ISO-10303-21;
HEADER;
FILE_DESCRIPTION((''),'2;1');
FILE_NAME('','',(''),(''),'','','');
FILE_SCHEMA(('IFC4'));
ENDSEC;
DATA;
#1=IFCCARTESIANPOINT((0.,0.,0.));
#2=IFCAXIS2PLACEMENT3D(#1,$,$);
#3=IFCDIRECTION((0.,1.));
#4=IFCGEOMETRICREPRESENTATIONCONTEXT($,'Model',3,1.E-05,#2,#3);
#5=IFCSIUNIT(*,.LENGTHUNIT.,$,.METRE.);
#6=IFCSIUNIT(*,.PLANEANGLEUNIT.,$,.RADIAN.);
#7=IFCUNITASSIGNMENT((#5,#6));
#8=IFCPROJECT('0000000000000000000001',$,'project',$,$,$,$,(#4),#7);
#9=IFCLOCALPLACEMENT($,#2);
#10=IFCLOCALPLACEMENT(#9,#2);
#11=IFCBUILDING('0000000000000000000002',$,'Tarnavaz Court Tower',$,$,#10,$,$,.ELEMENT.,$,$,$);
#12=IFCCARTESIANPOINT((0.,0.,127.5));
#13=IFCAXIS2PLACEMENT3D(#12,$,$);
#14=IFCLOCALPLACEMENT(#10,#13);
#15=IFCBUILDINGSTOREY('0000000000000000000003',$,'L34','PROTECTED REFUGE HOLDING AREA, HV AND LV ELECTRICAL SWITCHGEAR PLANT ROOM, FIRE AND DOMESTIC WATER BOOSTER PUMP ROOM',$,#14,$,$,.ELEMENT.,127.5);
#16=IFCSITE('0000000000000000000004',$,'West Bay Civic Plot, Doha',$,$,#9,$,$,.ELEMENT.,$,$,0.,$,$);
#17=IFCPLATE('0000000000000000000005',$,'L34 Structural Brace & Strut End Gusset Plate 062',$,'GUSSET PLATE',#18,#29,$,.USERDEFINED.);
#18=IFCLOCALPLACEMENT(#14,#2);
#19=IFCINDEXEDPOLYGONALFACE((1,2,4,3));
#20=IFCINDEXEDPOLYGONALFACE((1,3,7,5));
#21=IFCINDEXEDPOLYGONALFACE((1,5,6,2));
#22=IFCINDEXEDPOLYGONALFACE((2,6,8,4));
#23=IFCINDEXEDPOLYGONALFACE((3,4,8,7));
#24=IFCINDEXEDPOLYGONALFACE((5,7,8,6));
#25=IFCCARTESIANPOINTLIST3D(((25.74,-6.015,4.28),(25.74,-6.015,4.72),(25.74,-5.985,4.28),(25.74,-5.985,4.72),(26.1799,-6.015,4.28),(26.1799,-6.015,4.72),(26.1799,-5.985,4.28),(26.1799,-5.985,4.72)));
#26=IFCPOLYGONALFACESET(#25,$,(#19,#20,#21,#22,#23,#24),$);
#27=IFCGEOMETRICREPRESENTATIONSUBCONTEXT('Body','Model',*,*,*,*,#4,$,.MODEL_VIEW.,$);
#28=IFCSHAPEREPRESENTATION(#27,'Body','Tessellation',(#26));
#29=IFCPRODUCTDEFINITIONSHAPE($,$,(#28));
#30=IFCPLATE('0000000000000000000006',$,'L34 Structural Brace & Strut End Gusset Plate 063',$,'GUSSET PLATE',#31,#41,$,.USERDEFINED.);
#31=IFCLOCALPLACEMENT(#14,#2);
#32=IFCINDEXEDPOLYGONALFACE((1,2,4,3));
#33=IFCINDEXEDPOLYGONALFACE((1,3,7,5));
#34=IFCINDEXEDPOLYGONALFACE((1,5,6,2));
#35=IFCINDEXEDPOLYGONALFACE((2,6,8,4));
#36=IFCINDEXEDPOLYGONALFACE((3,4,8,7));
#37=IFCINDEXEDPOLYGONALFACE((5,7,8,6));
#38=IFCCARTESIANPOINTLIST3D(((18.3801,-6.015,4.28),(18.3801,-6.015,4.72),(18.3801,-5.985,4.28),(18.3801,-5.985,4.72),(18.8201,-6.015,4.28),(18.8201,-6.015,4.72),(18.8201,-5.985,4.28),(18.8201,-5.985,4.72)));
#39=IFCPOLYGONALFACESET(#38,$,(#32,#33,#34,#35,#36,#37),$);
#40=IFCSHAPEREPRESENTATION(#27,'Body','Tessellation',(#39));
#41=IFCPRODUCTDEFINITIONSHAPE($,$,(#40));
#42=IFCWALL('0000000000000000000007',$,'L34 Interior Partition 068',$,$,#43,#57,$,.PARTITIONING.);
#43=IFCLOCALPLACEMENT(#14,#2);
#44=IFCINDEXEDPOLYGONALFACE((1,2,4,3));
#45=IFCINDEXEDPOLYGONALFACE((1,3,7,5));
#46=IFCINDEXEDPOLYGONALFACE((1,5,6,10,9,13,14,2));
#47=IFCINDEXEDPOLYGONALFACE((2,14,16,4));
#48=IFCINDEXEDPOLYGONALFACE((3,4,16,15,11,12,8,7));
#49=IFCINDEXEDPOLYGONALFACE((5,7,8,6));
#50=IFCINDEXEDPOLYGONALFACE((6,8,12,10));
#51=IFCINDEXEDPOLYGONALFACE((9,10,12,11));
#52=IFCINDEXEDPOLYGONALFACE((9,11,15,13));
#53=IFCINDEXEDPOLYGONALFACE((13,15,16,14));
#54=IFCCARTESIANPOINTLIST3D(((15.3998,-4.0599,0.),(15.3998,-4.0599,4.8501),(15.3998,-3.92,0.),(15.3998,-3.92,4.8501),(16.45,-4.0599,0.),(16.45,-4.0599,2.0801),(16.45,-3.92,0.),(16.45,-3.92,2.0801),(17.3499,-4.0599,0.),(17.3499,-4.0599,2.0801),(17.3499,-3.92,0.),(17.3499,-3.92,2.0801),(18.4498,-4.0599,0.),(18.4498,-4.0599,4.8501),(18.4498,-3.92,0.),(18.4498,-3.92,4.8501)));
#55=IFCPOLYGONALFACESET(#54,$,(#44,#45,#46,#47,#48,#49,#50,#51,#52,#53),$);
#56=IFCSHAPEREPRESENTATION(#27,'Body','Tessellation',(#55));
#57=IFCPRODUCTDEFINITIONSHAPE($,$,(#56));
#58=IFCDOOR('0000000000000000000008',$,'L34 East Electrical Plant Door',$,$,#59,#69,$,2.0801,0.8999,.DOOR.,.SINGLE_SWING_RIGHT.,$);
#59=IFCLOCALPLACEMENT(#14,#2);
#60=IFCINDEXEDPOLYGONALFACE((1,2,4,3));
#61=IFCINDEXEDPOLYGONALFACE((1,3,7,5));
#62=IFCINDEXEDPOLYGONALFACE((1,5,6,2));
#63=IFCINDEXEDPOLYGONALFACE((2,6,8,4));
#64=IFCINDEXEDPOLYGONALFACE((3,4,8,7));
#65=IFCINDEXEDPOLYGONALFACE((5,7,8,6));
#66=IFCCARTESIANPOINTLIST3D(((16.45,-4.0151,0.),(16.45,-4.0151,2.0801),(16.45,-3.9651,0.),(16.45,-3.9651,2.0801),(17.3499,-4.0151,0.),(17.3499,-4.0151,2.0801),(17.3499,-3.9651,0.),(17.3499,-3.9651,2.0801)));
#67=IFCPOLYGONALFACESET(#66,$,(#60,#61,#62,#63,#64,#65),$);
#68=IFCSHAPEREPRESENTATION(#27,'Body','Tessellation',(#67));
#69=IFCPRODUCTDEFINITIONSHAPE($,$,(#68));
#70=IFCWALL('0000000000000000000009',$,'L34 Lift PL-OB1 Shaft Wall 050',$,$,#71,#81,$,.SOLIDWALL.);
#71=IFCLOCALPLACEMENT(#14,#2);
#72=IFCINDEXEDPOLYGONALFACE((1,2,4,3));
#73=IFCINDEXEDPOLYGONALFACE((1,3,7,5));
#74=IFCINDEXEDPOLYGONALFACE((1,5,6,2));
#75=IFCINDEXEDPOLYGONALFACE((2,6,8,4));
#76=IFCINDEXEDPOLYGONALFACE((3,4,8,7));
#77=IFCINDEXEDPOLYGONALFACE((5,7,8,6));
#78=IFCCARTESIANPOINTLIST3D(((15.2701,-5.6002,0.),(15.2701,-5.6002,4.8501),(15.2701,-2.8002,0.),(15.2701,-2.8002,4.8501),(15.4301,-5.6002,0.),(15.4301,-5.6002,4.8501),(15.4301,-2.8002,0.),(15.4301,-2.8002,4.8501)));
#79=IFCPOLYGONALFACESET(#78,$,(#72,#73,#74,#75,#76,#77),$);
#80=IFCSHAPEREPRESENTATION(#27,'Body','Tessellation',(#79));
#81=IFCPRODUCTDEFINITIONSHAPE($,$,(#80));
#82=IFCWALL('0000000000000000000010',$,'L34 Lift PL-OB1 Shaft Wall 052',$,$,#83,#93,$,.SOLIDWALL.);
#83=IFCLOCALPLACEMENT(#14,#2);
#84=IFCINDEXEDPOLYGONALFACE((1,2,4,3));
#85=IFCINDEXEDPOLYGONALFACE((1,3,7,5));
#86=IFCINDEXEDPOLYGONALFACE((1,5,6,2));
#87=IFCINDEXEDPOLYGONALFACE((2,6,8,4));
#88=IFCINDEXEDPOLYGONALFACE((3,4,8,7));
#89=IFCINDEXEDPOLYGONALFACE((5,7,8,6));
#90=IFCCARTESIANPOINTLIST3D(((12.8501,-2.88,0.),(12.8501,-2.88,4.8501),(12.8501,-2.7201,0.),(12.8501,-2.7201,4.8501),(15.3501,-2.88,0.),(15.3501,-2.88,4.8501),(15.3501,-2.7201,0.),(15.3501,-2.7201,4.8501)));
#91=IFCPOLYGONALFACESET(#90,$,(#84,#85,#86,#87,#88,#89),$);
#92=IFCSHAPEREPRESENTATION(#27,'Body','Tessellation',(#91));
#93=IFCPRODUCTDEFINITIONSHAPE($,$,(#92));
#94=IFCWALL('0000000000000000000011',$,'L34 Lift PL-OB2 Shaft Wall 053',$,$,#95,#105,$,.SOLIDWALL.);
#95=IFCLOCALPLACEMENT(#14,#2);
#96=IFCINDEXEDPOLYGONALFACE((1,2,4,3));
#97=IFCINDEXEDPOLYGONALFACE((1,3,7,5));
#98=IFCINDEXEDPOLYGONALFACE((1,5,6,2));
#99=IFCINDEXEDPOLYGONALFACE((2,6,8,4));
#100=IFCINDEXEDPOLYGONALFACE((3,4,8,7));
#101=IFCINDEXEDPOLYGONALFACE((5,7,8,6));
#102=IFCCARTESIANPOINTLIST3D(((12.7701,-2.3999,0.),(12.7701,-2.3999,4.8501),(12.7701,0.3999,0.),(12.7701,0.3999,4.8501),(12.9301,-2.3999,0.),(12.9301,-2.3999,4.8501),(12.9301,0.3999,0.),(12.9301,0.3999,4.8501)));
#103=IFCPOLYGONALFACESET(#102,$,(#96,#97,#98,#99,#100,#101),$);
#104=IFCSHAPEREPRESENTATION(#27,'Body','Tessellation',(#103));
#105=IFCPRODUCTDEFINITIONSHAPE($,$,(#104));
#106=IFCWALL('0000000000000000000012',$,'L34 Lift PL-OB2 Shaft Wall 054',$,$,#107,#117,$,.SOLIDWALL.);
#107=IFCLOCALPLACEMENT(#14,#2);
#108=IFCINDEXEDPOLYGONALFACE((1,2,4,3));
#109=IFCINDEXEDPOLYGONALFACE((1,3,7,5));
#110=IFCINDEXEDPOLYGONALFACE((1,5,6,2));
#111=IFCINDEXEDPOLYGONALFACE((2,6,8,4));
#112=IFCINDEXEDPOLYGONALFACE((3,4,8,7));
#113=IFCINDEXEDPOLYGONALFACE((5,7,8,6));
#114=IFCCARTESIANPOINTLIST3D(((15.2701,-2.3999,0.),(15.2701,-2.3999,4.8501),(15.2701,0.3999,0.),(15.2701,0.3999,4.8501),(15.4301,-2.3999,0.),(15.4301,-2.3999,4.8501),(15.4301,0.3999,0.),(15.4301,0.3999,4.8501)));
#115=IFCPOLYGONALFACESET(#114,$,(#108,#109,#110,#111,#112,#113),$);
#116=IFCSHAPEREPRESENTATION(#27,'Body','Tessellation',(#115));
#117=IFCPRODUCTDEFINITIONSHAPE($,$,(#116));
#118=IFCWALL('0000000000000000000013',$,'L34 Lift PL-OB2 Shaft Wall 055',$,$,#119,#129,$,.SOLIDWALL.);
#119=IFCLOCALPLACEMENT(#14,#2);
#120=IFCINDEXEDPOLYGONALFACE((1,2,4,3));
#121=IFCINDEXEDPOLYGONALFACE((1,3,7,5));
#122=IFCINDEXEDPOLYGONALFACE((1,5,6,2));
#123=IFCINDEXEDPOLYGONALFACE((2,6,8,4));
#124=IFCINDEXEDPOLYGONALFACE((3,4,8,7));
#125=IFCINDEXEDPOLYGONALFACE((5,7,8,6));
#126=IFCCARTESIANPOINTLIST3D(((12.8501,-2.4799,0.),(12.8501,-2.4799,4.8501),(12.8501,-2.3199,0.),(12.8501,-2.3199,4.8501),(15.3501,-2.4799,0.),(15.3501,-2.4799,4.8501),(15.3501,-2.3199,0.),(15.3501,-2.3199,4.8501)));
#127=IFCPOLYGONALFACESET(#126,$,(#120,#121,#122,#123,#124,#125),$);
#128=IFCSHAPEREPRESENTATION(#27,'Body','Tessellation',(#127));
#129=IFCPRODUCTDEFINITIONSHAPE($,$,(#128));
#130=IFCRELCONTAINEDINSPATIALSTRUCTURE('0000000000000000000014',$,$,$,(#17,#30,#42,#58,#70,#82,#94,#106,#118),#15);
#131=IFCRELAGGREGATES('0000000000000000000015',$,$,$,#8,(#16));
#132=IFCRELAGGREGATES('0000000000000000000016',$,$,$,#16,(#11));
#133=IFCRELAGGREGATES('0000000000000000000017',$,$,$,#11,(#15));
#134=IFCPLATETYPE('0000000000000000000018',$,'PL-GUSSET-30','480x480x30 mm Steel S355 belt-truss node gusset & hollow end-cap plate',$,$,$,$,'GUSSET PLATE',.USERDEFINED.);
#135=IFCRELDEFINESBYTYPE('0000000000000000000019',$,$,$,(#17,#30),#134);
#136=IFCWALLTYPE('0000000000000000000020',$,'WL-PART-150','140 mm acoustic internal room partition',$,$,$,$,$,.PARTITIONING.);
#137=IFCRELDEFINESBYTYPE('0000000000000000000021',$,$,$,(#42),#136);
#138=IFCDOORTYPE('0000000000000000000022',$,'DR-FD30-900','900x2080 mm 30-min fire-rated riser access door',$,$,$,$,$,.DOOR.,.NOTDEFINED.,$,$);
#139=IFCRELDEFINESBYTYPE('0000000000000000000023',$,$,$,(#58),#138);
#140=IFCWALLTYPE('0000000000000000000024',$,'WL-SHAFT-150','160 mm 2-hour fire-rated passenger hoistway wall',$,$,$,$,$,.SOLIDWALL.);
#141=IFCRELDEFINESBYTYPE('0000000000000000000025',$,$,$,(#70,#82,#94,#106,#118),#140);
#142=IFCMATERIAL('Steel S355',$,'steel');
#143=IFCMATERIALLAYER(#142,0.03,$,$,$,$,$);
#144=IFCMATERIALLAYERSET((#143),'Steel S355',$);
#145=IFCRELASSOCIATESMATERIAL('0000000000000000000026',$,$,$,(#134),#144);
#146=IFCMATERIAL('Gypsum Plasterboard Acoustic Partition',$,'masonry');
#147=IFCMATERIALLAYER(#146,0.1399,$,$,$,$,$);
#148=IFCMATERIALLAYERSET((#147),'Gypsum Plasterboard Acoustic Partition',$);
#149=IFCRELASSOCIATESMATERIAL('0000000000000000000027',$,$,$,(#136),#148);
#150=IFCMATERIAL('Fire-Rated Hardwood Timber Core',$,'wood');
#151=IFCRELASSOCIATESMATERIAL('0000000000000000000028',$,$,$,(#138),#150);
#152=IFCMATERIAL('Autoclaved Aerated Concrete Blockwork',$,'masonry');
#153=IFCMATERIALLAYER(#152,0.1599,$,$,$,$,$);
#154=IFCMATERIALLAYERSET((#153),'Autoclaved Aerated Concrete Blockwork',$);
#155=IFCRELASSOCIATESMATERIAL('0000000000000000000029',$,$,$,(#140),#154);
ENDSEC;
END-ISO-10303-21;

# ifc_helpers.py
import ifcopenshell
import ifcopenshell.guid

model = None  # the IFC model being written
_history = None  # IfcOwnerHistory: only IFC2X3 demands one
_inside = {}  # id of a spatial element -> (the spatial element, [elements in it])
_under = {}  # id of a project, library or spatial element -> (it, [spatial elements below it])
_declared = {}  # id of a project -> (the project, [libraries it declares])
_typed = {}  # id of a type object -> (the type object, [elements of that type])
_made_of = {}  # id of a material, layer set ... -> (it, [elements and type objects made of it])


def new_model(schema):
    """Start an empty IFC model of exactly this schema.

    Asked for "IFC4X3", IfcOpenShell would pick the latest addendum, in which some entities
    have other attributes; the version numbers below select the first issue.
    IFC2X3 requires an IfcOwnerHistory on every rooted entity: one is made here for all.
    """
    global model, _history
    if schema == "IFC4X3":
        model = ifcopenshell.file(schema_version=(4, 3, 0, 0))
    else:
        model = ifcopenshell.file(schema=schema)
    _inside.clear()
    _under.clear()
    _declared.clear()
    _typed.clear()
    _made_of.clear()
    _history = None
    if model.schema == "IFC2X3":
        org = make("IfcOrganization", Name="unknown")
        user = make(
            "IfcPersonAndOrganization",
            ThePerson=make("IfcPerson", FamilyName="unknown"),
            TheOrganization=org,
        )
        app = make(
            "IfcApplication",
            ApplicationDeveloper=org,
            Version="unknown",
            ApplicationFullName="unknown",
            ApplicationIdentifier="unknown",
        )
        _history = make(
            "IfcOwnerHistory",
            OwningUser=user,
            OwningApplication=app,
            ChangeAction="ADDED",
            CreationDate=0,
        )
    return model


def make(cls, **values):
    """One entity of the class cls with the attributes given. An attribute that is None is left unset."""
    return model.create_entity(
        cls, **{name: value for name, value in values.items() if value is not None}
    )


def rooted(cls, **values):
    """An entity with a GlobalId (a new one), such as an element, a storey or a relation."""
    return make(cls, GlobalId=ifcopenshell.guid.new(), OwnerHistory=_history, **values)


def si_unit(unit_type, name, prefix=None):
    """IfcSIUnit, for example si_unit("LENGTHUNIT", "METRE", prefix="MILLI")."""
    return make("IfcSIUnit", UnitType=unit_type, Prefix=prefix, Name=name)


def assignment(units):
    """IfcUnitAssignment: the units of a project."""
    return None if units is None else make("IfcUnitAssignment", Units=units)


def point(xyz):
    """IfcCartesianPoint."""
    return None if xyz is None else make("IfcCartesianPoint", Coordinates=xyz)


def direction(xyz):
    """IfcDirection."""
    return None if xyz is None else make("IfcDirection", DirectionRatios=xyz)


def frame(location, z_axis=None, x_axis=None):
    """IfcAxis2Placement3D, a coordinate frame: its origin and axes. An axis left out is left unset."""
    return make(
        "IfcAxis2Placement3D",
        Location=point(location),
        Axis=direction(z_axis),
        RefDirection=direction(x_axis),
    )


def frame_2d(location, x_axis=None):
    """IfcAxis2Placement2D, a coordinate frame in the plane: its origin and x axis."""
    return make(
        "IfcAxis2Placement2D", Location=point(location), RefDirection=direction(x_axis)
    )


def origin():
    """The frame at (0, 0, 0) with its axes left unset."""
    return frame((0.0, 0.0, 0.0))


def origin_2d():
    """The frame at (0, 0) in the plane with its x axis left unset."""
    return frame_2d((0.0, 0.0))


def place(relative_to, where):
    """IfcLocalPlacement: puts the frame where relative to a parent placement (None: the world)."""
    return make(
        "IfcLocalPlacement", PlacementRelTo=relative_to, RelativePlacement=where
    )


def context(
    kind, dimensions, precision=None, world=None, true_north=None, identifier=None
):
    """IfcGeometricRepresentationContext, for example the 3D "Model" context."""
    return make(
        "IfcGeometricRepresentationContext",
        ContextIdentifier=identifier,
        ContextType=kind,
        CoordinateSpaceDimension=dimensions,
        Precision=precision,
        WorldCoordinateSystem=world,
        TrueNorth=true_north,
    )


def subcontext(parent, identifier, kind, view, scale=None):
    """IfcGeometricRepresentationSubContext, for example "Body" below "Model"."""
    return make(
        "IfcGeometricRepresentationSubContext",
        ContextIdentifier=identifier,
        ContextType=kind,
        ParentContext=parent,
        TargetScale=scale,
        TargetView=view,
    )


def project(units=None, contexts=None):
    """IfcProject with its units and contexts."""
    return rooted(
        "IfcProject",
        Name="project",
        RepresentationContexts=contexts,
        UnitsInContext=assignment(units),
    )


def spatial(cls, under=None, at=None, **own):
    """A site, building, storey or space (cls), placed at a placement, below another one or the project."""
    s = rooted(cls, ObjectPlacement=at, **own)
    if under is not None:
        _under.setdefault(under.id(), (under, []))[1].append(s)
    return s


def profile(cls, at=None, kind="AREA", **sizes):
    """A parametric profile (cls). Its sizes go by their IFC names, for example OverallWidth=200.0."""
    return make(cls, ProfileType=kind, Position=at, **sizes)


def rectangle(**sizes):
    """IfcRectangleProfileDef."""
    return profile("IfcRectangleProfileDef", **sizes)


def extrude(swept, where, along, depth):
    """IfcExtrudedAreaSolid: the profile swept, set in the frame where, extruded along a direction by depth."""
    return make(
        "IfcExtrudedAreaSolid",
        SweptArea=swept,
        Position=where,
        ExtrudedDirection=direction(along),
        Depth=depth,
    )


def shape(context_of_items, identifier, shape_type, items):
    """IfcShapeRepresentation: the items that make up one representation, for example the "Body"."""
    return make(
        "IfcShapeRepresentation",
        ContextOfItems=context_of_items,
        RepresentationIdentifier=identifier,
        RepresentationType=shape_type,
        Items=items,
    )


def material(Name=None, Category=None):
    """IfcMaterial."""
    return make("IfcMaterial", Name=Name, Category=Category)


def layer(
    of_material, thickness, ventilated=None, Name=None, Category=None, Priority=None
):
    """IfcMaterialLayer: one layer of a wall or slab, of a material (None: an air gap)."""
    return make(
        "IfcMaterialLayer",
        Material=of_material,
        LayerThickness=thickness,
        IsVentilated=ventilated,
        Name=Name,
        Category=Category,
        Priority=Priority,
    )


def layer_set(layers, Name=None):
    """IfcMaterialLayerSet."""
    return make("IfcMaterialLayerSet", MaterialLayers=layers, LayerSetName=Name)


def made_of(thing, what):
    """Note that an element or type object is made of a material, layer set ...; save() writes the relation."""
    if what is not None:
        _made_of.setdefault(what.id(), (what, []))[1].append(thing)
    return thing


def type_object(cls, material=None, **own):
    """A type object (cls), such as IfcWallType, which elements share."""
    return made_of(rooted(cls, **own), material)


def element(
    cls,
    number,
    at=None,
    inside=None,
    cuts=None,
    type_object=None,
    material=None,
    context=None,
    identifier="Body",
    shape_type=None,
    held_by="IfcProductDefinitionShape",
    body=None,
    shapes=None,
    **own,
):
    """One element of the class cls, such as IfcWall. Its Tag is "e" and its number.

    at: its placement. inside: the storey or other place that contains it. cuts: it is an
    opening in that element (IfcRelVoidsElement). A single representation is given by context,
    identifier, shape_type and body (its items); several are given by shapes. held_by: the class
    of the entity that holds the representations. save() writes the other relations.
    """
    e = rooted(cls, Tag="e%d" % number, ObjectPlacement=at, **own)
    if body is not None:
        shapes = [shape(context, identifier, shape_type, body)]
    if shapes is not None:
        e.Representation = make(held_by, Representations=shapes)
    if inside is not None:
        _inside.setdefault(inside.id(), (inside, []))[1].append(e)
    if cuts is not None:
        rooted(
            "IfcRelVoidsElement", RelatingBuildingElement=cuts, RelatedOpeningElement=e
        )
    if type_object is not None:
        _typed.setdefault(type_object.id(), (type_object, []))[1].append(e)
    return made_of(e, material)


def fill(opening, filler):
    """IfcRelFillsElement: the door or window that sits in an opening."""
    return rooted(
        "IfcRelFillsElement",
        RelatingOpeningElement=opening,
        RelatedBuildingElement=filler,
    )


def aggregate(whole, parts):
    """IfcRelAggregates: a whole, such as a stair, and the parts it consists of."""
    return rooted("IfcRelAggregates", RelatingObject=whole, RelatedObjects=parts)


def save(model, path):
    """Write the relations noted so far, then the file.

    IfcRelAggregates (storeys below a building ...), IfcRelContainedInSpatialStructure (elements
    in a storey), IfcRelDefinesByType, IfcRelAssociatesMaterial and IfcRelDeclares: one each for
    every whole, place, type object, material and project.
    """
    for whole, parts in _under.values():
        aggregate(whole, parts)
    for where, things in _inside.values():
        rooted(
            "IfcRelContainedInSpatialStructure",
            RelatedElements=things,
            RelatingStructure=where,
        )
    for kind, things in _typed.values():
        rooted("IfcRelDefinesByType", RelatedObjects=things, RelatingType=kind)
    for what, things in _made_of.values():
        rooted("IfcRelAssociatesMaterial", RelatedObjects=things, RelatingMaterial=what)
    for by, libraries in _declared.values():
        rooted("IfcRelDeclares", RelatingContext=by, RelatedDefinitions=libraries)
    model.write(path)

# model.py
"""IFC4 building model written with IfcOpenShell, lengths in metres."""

from ifc_helpers import new_model, si_unit, direction, frame, frame_2d, origin, origin_2d, place, context, subcontext, project, spatial, rectangle, extrude, material, layer, layer_set, type_object, element, fill, save


model = new_model("IFC4")

# Units and contexts
model_context = context("Model", 3, precision=1e-05, world=origin(), true_north=direction((0.0, 1.0)))
body_context = subcontext(model_context, "Body", "Model", "MODEL_VIEW")
ifc_project = project(units=[si_unit("LENGTHUNIT", "METRE"), si_unit("PLANEANGLEUNIT", "RADIAN")], contexts=[model_context])

# Site, building, storey
site_placement = place(None, origin())
site = spatial("IfcSite", under=ifc_project, at=site_placement, Name="West Bay Civic Plot, Doha", CompositionType="ELEMENT", RefElevation=0.0)
building_placement = place(site_placement, origin())
building = spatial("IfcBuilding", under=site, at=building_placement, Name="Tarnavaz Court Tower", CompositionType="ELEMENT")
storey_placement = place(building_placement, frame((0.0, 0.0, 127.5)))
storey = spatial("IfcBuildingStorey", under=building, at=storey_placement, Name="L34", Description="PROTECTED REFUGE HOLDING AREA, HV AND LV ELECTRICAL SWITCHGEAR PLANT ROOM, FIRE AND DOMESTIC WATER BOOSTER PUMP ROOM", CompositionType="ELEMENT", Elevation=127.5)

# Plates
ifc_material_1 = material(Name="Steel S355", Category="steel")
ifc_layer_1 = layer(ifc_material_1, 0.03)
ifc_layer_set_1 = layer_set([ifc_layer_1], Name="Steel S355")
plate_type = type_object("IfcPlateType", Name="PL-GUSSET-30", Description="480x480x30 mm Steel S355 belt-truss node gusset & hollow end-cap plate", ElementType="GUSSET PLATE", PredefinedType="USERDEFINED", material=ifc_layer_set_1)
for number, where, z_axis, x_axis, name in (
    (1, (25.96, -6.0, 4.28), (0.0, 0.0, 1.0), (1.0, 0.0, 0.0), "L34 Structural Brace & Strut End Gusset Plate 062"),
    (2, (18.6001, -6.0, 4.28), (0.0, 0.0, 1.0), (1.0, 0.0, 0.0), "L34 Structural Brace & Strut End Gusset Plate 063"),
):
    element("IfcPlate", number, at=place(storey_placement, frame(where, z_axis=z_axis, x_axis=x_axis)), inside=storey, type_object=plate_type, Name=name, ObjectType="GUSSET PLATE", PredefinedType="USERDEFINED", context=body_context, shape_type="SweptSolid", body=[
        extrude(rectangle(XDim=0.4399, YDim=0.03, at=origin_2d()), origin(), (0.0, 0.0, 1.0), 0.4399),
    ])

# Wall, opening, door
ifc_material_2 = material(Name="Gypsum Plasterboard Acoustic Partition", Category="masonry")
ifc_layer_2 = layer(ifc_material_2, 0.1399)
ifc_layer_set_2 = layer_set([ifc_layer_2], Name="Gypsum Plasterboard Acoustic Partition")
wall_type_1 = type_object("IfcWallType", Name="WL-PART-150", Description="140 mm acoustic internal room partition", PredefinedType="PARTITIONING", material=ifc_layer_set_2)
wall_1_placement = place(storey_placement, frame((15.3999, -3.99, 0.0), z_axis=(0.0, 0.0, 1.0), x_axis=(1.0, 0.0, 0.0)))
wall_1 = element("IfcWall", 3, at=wall_1_placement, inside=storey, type_object=wall_type_1, Name="L34 Interior Partition 068", PredefinedType="PARTITIONING", context=body_context, shape_type="SweptSolid", body=[
    extrude(rectangle(XDim=3.05, YDim=0.1399, at=frame_2d((1.5249, 0.0))), origin(), (0.0, 0.0, 1.0), 4.8501),
])
opening_placement = place(wall_1_placement, frame((1.05, 0.0, 0.0)))
opening = element("IfcOpeningElement", 4, at=opening_placement, cuts=wall_1, PredefinedType="OPENING", context=body_context, shape_type="SweptSolid", body=[
    extrude(rectangle(XDim=0.8999, YDim=2.0801, at=frame_2d((0.45, 1.04))), frame((0.0, 0.0798, 0.0), z_axis=(0.0, -1.0, 0.0), x_axis=(1.0, 0.0, 0.0)), (0.0, 0.0, 1.0), 0.1599),
])
ifc_material_3 = material(Name="Fire-Rated Hardwood Timber Core", Category="wood")
door_type = type_object("IfcDoorType", Name="DR-FD30-900", Description="900x2080 mm 30-min fire-rated riser access door", OperationType="NOTDEFINED", PredefinedType="DOOR", material=ifc_material_3)
door_placement = place(opening_placement, origin())
door = element("IfcDoor", 5, at=door_placement, inside=storey, type_object=door_type, Name="L34 East Electrical Plant Door", OperationType="SINGLE_SWING_RIGHT", OverallHeight=2.0801, OverallWidth=0.8999, PredefinedType="DOOR", context=body_context, shape_type="SweptSolid", body=[
    extrude(rectangle(XDim=0.8999, YDim=2.0801, at=frame_2d((0.45, 1.04))), frame((0.0, 0.0249, 0.0), z_axis=(0.0, -1.0, 0.0), x_axis=(1.0, 0.0, 0.0)), (0.0, 0.0, 1.0), 0.05),
])
fill(opening, door)

# Walls
ifc_material_4 = material(Name="Autoclaved Aerated Concrete Blockwork", Category="masonry")
ifc_layer_3 = layer(ifc_material_4, 0.1599)
ifc_layer_set_3 = layer_set([ifc_layer_3], Name="Autoclaved Aerated Concrete Blockwork")
wall_type_2 = type_object("IfcWallType", Name="WL-SHAFT-150", Description="160 mm 2-hour fire-rated passenger hoistway wall", PredefinedType="SOLIDWALL", material=ifc_layer_set_3)
wall_2_placement = place(storey_placement, frame((15.3501, -5.6001, 0.0), z_axis=(0.0, 0.0, 1.0), x_axis=(0.0, 1.0, 0.0)))
element("IfcWall", 6, at=wall_2_placement, inside=storey, type_object=wall_type_2, Name="L34 Lift PL-OB1 Shaft Wall 050", PredefinedType="SOLIDWALL", context=body_context, shape_type="SweptSolid", body=[
    extrude(rectangle(XDim=2.8, YDim=0.1599, at=frame_2d((1.3999, 0.0))), origin(), (0.0, 0.0, 1.0), 4.8501),
])
wall_3_placement = place(storey_placement, frame((12.8501, -2.8, 0.0), z_axis=(0.0, 0.0, 1.0), x_axis=(1.0, 0.0, 0.0)))
element("IfcWall", 7, at=wall_3_placement, inside=storey, type_object=wall_type_2, Name="L34 Lift PL-OB1 Shaft Wall 052", PredefinedType="SOLIDWALL", context=body_context, shape_type="SweptSolid", body=[
    extrude(rectangle(XDim=2.5, YDim=0.1599, at=frame_2d((1.25, 0.0))), origin(), (0.0, 0.0, 1.0), 4.8501),
])
for number, where, z_axis, x_axis, name in (
    (8, (12.8501, -2.3999, 0.0), (0.0, 0.0, 1.0), (0.0, 1.0, 0.0), "L34 Lift PL-OB2 Shaft Wall 053"),
    (9, (15.3501, -2.3999, 0.0), (0.0, 0.0, 1.0), (0.0, 1.0, 0.0), "L34 Lift PL-OB2 Shaft Wall 054"),
):
    element("IfcWall", number, at=place(storey_placement, frame(where, z_axis=z_axis, x_axis=x_axis)), inside=storey, type_object=wall_type_2, Name=name, PredefinedType="SOLIDWALL", context=body_context, shape_type="SweptSolid", body=[
        extrude(rectangle(XDim=2.7998, YDim=0.1599, at=frame_2d((1.3999, 0.0))), origin(), (0.0, 0.0, 1.0), 4.8501),
    ])
wall_4_placement = place(storey_placement, frame((12.8501, -2.3999, 0.0), z_axis=(0.0, 0.0, 1.0), x_axis=(1.0, 0.0, 0.0)))
element("IfcWall", 10, at=wall_4_placement, inside=storey, type_object=wall_type_2, Name="L34 Lift PL-OB2 Shaft Wall 055", PredefinedType="SOLIDWALL", context=body_context, shape_type="SweptSolid", body=[
    extrude(rectangle(XDim=2.5, YDim=0.1599, at=frame_2d((1.25, 0.0))), origin(), (0.0, 0.0, 1.0), 4.8501),
])

save(model, "model.ifc")
